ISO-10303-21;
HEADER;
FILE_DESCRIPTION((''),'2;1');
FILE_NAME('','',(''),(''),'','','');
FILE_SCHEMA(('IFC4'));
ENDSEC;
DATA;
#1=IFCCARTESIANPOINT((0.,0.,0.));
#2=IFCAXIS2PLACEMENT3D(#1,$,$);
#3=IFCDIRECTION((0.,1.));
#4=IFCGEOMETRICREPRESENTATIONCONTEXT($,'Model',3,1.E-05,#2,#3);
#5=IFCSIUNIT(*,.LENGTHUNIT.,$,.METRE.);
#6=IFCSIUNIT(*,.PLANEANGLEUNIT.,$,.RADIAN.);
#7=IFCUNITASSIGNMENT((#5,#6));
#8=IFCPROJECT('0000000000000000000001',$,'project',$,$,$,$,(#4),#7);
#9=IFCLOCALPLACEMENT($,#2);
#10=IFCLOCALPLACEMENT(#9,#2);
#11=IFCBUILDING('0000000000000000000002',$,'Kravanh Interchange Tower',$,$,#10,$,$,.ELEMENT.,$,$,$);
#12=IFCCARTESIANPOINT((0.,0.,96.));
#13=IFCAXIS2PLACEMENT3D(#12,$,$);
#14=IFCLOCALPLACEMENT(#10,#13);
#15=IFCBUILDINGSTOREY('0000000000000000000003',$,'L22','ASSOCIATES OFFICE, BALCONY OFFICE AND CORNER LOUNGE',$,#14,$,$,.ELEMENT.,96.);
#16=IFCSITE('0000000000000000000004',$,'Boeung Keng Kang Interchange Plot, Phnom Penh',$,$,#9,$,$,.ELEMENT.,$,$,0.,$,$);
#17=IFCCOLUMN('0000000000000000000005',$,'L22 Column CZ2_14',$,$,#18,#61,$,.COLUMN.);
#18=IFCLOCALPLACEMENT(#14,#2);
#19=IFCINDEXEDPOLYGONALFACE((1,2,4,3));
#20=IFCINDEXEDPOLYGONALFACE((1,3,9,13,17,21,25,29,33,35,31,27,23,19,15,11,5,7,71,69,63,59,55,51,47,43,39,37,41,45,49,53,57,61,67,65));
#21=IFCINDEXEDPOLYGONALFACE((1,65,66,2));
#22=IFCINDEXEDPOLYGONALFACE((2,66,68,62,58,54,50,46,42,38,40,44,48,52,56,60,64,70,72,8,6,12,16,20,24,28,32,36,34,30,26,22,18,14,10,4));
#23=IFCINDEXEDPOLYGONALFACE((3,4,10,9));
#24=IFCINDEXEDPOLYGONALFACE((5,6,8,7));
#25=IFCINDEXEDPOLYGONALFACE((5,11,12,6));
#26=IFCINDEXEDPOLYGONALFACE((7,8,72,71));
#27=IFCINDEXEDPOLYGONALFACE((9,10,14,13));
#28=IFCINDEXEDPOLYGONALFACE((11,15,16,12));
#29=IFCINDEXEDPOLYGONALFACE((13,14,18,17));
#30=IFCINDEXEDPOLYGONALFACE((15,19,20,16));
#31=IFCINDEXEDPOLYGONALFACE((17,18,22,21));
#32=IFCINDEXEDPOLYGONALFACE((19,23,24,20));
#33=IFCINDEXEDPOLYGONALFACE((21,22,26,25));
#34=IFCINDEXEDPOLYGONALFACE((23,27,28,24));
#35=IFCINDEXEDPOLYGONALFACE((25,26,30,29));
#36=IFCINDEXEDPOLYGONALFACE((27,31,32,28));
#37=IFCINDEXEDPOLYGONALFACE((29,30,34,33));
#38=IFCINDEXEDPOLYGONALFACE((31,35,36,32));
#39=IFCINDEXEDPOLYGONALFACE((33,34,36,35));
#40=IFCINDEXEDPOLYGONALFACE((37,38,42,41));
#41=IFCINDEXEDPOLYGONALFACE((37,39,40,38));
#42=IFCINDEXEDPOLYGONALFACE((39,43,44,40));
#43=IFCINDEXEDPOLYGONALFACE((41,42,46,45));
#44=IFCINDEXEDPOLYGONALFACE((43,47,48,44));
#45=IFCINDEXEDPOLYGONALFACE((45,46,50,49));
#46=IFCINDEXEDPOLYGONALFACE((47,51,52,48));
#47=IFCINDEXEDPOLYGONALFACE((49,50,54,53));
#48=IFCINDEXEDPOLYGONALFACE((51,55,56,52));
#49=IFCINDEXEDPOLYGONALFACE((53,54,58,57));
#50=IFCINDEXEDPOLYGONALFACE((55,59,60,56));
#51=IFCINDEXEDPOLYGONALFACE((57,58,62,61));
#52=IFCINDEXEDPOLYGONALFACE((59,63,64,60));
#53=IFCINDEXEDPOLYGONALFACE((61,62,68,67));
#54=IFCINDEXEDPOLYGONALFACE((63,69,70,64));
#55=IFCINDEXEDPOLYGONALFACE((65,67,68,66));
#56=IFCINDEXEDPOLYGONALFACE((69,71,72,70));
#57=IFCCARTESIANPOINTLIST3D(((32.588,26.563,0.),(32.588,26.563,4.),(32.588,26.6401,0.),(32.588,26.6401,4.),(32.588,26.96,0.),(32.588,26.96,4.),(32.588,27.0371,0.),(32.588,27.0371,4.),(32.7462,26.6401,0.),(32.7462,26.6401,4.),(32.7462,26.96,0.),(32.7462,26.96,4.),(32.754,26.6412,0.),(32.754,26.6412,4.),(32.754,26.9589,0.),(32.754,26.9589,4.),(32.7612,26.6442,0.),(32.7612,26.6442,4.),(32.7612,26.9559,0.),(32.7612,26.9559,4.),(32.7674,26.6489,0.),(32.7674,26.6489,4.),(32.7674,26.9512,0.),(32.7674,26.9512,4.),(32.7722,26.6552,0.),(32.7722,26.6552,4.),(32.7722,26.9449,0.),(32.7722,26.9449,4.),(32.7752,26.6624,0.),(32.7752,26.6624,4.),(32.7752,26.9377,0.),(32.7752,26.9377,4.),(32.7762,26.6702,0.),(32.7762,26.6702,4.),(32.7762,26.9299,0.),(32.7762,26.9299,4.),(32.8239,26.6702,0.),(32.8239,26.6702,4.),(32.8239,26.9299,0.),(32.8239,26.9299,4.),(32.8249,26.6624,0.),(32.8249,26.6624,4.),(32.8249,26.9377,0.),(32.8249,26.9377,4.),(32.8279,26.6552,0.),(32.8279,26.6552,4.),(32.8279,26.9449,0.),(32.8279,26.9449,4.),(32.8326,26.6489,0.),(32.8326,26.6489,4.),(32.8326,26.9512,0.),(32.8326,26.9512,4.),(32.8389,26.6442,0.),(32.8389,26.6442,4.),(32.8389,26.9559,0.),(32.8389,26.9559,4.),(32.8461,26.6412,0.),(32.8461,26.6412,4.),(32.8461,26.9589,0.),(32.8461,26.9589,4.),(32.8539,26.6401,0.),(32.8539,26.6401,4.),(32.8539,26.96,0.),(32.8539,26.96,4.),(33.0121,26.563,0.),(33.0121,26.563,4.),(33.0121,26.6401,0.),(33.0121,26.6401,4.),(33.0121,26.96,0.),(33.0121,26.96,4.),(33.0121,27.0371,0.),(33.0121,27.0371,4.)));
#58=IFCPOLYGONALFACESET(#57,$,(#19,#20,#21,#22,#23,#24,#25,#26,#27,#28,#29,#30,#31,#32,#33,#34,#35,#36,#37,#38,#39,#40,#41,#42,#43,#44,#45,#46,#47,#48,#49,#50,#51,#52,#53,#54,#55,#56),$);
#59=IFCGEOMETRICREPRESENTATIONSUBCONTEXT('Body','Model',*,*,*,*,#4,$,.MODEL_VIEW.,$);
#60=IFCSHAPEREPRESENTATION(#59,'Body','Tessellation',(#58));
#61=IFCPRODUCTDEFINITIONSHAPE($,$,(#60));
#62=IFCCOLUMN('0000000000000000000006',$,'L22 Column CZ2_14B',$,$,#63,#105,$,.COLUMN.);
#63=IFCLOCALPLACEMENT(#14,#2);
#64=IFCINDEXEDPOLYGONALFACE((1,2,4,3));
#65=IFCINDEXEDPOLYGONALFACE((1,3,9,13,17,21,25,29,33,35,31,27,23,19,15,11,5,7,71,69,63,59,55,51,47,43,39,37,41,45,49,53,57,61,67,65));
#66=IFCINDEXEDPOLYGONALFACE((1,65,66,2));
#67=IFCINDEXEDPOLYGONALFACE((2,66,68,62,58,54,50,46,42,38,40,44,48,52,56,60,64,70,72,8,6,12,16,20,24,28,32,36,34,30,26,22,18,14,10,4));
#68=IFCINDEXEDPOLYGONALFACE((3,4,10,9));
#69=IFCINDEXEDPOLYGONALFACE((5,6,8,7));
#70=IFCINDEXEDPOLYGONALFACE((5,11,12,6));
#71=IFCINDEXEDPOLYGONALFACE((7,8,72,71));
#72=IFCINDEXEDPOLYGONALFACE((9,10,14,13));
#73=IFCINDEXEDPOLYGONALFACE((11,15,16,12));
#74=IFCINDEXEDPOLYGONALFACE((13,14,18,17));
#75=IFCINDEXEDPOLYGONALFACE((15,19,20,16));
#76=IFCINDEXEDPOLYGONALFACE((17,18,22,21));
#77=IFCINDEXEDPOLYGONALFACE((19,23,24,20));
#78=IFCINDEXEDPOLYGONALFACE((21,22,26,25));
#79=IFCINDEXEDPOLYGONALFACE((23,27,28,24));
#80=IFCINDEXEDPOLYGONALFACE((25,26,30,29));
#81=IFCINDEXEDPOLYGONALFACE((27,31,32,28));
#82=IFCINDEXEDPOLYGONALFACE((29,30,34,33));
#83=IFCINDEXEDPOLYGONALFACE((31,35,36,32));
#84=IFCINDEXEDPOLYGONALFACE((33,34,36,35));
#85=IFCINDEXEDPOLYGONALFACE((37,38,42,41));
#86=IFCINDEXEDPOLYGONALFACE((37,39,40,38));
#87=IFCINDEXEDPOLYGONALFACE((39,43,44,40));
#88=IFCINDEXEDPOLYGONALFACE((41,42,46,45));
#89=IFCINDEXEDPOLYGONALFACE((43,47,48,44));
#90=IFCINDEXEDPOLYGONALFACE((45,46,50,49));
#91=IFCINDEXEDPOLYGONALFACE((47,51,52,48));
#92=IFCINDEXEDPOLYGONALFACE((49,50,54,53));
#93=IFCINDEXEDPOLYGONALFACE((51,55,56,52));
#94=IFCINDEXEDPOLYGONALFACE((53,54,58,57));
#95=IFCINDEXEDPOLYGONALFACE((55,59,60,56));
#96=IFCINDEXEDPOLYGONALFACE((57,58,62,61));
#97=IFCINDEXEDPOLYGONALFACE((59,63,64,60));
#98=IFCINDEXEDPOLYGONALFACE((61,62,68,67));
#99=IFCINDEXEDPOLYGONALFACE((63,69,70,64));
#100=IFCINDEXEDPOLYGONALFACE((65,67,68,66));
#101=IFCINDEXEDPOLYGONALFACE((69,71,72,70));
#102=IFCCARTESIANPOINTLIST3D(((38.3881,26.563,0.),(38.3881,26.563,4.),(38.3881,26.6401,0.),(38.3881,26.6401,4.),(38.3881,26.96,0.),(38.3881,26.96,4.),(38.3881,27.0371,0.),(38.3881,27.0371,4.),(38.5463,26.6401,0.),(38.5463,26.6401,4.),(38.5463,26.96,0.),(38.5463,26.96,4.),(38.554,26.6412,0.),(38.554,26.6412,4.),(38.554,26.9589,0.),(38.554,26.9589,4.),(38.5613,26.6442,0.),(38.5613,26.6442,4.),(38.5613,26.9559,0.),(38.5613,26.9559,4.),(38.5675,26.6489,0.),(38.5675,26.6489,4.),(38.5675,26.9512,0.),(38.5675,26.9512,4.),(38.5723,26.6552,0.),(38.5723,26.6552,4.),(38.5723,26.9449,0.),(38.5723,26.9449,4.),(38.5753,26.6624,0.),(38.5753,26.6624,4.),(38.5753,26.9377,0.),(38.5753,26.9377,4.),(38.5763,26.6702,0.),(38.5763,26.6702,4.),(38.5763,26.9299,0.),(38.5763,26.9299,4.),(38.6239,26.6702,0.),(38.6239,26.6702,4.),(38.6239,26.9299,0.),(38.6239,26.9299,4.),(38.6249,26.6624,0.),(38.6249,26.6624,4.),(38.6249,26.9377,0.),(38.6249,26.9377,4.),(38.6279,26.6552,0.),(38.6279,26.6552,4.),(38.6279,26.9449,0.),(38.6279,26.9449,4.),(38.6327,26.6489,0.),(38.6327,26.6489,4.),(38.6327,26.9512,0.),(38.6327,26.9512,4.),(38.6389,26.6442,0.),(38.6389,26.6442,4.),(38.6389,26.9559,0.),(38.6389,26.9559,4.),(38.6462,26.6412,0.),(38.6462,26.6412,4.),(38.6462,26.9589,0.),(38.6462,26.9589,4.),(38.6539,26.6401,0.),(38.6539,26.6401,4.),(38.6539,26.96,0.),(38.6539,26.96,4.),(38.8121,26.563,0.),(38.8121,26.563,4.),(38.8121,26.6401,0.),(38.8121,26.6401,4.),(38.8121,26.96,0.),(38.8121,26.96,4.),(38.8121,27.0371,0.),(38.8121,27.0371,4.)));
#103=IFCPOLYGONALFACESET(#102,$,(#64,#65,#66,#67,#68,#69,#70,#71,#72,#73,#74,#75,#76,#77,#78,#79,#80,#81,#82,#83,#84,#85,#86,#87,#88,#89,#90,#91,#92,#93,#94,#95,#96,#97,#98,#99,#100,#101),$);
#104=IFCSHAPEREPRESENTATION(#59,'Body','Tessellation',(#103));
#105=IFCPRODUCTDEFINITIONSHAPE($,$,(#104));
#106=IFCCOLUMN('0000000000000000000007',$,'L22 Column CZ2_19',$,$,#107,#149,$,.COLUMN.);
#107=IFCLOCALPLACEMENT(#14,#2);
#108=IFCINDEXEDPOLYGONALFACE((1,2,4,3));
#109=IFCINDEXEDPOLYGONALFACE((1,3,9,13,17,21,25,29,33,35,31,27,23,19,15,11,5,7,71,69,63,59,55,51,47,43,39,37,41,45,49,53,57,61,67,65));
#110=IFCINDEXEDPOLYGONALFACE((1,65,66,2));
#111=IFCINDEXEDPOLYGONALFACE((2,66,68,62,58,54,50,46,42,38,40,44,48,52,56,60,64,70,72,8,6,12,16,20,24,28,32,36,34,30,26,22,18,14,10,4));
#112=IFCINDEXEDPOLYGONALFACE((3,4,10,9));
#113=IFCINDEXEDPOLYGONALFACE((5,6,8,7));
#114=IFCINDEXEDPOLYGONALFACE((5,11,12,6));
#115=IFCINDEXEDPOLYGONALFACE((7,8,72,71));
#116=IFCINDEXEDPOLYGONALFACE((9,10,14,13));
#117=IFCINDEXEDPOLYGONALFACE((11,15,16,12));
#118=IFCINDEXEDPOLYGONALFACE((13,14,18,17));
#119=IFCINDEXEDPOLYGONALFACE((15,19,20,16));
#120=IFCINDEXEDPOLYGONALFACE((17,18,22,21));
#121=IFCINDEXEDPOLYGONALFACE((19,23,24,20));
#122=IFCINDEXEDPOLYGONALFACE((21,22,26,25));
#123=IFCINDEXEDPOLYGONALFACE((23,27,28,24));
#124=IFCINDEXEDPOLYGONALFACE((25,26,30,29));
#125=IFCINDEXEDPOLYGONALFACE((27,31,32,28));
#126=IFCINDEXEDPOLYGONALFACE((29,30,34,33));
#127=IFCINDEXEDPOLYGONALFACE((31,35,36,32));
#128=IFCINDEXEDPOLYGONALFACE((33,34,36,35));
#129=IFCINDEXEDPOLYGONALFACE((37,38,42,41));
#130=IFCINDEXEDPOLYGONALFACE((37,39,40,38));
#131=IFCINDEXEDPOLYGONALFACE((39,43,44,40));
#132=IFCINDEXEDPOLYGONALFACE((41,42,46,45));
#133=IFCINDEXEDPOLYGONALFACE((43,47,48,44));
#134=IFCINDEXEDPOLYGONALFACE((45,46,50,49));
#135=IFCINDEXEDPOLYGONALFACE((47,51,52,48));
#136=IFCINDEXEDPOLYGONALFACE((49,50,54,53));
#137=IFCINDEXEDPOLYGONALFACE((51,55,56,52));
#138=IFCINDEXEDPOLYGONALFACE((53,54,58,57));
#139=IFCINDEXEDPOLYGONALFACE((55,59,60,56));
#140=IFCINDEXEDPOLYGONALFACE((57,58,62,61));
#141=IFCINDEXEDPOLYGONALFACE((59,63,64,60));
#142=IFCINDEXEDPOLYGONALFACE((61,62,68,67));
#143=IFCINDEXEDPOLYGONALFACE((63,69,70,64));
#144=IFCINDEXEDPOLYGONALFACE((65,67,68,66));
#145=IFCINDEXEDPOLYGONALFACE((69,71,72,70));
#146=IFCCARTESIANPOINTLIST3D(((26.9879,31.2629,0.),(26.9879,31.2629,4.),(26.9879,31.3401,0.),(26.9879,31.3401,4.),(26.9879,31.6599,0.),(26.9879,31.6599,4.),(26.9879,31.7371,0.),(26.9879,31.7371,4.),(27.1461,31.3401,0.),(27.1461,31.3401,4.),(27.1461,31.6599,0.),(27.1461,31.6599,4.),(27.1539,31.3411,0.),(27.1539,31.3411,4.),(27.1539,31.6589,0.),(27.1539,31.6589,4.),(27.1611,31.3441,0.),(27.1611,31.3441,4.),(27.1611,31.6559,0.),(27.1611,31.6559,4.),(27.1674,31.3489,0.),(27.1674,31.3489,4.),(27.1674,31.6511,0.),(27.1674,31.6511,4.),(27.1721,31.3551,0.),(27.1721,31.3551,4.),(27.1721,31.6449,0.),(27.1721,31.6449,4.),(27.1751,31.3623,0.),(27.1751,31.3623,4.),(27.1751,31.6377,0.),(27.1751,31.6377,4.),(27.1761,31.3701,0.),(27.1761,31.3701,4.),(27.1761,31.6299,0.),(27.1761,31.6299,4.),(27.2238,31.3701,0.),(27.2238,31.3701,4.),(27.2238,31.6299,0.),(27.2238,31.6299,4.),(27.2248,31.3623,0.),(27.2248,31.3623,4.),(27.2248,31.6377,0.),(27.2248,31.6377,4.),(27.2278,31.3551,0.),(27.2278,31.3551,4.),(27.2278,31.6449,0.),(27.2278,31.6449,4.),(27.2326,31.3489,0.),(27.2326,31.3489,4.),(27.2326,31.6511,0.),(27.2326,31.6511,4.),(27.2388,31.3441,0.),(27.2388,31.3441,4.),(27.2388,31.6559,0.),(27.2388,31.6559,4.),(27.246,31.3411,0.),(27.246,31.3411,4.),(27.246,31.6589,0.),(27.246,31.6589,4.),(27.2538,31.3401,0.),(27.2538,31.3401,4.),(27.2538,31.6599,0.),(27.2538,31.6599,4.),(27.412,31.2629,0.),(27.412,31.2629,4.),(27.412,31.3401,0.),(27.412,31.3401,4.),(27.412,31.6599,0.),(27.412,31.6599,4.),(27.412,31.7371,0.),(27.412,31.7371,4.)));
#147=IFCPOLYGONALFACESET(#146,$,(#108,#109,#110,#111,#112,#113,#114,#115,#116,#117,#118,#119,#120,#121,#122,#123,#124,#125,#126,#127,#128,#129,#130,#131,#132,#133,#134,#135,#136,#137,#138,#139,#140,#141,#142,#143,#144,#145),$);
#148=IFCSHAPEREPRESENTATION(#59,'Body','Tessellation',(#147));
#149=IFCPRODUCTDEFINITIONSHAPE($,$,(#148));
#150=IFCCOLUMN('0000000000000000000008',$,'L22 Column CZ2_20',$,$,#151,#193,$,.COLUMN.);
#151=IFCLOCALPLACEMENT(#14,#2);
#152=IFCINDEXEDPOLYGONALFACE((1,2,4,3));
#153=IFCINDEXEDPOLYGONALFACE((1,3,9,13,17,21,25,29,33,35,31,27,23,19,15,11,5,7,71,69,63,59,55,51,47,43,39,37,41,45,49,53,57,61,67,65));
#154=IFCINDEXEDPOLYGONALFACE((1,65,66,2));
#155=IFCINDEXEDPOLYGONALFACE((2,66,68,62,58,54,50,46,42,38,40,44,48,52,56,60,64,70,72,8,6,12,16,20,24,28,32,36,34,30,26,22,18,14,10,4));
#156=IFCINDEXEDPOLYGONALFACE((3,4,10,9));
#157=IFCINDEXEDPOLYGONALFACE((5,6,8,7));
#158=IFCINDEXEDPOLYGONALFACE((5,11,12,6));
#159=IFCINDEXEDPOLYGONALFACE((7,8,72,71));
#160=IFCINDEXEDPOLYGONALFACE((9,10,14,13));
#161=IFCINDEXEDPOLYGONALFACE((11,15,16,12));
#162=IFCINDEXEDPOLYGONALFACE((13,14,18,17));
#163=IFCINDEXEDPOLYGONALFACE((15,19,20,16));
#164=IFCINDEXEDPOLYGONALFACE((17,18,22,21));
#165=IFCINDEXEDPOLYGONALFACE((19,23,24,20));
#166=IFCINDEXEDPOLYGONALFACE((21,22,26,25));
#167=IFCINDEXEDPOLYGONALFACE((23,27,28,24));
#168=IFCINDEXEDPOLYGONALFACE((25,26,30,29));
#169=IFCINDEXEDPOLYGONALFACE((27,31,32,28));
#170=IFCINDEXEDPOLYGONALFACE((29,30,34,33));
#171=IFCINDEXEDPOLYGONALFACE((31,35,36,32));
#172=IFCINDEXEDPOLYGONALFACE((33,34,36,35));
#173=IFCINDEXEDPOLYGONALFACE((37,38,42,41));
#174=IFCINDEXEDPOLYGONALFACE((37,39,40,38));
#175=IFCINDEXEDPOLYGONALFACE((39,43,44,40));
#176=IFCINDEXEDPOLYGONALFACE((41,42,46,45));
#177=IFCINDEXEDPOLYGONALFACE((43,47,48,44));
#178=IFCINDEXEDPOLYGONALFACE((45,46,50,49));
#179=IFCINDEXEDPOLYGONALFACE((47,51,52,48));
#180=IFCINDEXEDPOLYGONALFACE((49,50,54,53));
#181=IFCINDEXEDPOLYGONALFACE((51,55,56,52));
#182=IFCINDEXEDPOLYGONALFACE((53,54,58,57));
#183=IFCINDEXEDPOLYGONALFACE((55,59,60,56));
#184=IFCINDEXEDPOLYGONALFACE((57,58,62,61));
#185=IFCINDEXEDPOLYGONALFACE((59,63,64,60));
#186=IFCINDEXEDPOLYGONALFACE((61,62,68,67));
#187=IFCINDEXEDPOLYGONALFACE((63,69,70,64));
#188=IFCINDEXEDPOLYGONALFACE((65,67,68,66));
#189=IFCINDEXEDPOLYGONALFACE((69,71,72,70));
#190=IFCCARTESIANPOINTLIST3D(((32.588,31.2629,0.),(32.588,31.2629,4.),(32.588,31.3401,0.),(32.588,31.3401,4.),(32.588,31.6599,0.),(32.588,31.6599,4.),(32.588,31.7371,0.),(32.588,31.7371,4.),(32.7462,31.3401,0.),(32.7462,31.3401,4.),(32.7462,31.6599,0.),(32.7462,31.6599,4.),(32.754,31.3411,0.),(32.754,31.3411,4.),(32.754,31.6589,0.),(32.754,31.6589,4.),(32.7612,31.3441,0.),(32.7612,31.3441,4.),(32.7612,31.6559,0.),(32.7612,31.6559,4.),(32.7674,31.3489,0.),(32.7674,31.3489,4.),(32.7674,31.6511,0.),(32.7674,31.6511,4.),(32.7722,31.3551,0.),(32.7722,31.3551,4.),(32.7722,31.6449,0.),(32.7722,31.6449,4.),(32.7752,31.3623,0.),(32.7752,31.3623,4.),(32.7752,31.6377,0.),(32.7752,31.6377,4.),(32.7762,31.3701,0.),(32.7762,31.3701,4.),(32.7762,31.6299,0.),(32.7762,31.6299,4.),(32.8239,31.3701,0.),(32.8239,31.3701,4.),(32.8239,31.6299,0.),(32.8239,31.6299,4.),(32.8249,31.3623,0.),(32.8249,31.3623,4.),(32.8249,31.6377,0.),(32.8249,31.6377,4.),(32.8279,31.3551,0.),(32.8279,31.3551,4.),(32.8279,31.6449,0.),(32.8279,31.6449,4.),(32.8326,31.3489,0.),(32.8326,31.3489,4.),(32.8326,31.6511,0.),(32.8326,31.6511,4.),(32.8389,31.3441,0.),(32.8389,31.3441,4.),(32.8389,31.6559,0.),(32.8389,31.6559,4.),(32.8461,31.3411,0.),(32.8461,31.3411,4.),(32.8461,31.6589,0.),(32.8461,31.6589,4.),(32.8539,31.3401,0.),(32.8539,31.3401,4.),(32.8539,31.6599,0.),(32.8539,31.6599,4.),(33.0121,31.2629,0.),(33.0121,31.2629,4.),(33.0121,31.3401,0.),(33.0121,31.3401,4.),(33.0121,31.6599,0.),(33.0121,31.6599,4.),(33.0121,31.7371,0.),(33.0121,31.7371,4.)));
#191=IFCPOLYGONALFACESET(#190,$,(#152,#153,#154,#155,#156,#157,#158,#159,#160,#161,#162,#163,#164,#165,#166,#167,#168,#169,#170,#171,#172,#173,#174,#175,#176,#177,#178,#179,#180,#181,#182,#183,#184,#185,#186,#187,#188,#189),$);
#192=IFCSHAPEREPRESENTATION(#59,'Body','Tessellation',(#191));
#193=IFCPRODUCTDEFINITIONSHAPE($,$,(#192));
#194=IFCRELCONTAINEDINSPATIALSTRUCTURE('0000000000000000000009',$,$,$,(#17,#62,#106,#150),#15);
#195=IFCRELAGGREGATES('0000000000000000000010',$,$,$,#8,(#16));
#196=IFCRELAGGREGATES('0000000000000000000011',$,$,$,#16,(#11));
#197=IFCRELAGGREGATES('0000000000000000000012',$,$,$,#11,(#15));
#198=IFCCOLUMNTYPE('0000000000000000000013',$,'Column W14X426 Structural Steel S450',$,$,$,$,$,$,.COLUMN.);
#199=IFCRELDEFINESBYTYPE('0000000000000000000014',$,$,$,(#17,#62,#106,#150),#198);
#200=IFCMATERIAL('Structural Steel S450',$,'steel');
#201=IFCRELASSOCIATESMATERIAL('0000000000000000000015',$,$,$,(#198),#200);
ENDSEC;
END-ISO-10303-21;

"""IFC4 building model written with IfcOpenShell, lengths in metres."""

from ifc_helpers import new_model, si_unit, direction, frame, origin, origin_2d, place, context, subcontext, project, spatial, i_section, extrude, material, material_profile, profile_set, type_object, element, save


model = new_model("IFC4")

# Units and contexts
model_context = context("Model", 3, precision=1e-05, world=origin(), true_north=direction((0.0, 1.0)))
body_context = subcontext(model_context, "Body", "Model", "MODEL_VIEW")
ifc_project = project(units=[si_unit("LENGTHUNIT", "METRE"), si_unit("PLANEANGLEUNIT", "RADIAN")], contexts=[model_context])

# Site, building, storey
site_placement = place(None, origin())
site = spatial("IfcSite", under=ifc_project, at=site_placement, Name="Boeung Keng Kang Interchange Plot, Phnom Penh", CompositionType="ELEMENT", RefElevation=0.0)
building_placement = place(site_placement, origin())
building = spatial("IfcBuilding", under=site, at=building_placement, Name="Kravanh Interchange Tower", CompositionType="ELEMENT")
storey_placement = place(building_placement, frame((0.0, 0.0, 96.0)))
storey = spatial("IfcBuildingStorey", under=building, at=storey_placement, Name="L22", Description="ASSOCIATES OFFICE, BALCONY OFFICE AND CORNER LOUNGE", CompositionType="ELEMENT", Elevation=96.0)

# Columns
ifc_material_1 = material(Name="Structural Steel S450", Category="steel")
ifc_material_profile_1 = material_profile(ifc_material_1, i_section(OverallWidth=0.4241, OverallDepth=0.4741, WebThickness=0.0476, FlangeThickness=0.0771, FilletRadius=0.03, at=origin_2d()), Name="W14X426")
ifc_profile_set_1 = profile_set([ifc_material_profile_1], Name="Structural Steel S450")
column_type = type_object("IfcColumnType", Name="Column W14X426 Structural Steel S450", PredefinedType="COLUMN", material=ifc_profile_set_1)
for number, where, z_axis, x_axis, name in (
    (1, (32.8, 26.8, 0.0), (0.0, 0.0, 1.0), (1.0, 0.0, 0.0), "L22 Column CZ2_14"),
    (2, (38.6001, 26.8, 0.0), (0.0, 0.0, 1.0), (1.0, 0.0, 0.0), "L22 Column CZ2_14B"),
    (3, (27.2, 31.5, 0.0), (0.0, 0.0, 1.0), (1.0, 0.0, 0.0), "L22 Column CZ2_19"),
    (4, (32.8, 31.5, 0.0), (0.0, 0.0, 1.0), (1.0, 0.0, 0.0), "L22 Column CZ2_20"),
):
    element("IfcColumn", number, at=place(storey_placement, frame(where, z_axis=z_axis, x_axis=x_axis)), inside=storey, type_object=column_type, Name=name, PredefinedType="COLUMN", context=body_context, shape_type="SweptSolid", body=[
        extrude(i_section(OverallWidth=0.4241, OverallDepth=0.4741, WebThickness=0.0476, FlangeThickness=0.0771, FilletRadius=0.03, at=origin_2d()), origin(), (0.0, 0.0, 1.0), 4.0),
    ])

save(model, "model.ifc")
